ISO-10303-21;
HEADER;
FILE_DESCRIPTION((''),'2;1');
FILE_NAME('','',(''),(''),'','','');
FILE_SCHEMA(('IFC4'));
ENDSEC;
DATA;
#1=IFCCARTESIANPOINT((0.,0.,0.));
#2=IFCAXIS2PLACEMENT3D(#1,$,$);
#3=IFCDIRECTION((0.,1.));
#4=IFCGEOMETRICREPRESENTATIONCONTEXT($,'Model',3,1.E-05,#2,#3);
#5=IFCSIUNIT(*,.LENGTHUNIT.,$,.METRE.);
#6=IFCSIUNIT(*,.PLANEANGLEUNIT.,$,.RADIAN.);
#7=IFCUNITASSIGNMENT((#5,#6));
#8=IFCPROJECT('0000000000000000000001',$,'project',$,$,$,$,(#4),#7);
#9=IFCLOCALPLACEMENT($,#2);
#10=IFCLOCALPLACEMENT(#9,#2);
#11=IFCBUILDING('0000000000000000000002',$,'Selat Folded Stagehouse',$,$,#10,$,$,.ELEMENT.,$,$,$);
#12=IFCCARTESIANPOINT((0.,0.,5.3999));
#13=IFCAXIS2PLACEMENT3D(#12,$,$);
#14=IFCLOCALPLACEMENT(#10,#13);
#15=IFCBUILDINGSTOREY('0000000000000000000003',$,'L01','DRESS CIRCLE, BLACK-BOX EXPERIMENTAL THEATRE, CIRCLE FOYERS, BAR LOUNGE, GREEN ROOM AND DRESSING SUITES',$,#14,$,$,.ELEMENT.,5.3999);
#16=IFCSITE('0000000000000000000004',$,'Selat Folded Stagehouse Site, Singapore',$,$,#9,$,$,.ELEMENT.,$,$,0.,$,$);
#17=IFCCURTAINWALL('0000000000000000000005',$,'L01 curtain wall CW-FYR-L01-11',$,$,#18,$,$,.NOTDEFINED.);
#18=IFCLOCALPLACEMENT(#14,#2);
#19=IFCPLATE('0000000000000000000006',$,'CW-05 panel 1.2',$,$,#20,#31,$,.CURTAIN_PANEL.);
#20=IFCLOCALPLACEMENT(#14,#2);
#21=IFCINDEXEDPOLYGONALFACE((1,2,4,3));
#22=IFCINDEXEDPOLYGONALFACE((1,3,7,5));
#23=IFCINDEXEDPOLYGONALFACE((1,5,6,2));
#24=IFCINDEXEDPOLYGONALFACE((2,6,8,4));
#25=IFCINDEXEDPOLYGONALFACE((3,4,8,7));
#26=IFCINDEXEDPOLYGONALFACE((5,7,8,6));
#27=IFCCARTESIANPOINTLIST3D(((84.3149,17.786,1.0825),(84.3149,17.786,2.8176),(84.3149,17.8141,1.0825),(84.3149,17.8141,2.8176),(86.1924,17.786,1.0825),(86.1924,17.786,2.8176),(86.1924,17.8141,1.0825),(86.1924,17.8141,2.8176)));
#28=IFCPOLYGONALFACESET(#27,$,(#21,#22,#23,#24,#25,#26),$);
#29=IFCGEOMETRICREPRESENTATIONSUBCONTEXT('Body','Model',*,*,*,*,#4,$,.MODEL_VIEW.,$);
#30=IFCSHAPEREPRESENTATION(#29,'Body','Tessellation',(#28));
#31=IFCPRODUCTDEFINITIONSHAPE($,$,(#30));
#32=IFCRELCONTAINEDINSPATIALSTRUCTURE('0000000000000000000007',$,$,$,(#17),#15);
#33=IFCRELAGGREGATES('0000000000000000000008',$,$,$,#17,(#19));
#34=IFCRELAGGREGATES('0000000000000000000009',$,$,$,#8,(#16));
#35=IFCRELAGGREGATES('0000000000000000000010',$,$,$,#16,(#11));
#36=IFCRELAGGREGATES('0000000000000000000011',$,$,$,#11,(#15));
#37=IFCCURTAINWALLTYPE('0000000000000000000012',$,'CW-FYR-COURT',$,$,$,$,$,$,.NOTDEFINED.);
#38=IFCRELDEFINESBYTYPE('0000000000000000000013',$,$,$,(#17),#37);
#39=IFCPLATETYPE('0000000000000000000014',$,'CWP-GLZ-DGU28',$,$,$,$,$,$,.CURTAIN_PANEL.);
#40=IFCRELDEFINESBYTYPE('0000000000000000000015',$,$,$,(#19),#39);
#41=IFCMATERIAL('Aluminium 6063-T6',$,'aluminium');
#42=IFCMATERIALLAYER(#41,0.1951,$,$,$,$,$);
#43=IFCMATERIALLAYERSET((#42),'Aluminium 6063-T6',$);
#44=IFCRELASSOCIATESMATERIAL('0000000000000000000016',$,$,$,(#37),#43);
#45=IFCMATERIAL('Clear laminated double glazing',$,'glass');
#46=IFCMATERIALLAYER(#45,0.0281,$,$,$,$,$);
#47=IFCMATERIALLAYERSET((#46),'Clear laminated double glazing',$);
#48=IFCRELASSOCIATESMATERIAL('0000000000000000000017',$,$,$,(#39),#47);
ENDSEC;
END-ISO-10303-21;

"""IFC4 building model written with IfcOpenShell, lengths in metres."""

from ifc_helpers import new_model, si_unit, direction, frame, origin, origin_2d, place, context, subcontext, project, spatial, rectangle, extrude, material, layer, layer_set, type_object, element, aggregate, save


model = new_model("IFC4")

# Units and contexts
model_context = context("Model", 3, precision=1e-05, world=origin(), true_north=direction((0.0, 1.0)))
body_context = subcontext(model_context, "Body", "Model", "MODEL_VIEW")
ifc_project = project(units=[si_unit("LENGTHUNIT", "METRE"), si_unit("PLANEANGLEUNIT", "RADIAN")], contexts=[model_context])

# Site, building, storey
site_placement = place(None, origin())
site = spatial("IfcSite", under=ifc_project, at=site_placement, Name="Selat Folded Stagehouse Site, Singapore", CompositionType="ELEMENT", RefElevation=0.0)
building_placement = place(site_placement, origin())
building = spatial("IfcBuilding", under=site, at=building_placement, Name="Selat Folded Stagehouse", CompositionType="ELEMENT")
storey_placement = place(building_placement, frame((0.0, 0.0, 5.3999)))
storey = spatial("IfcBuildingStorey", under=building, at=storey_placement, Name="L01", Description="DRESS CIRCLE, BLACK-BOX EXPERIMENTAL THEATRE, CIRCLE FOYERS, BAR LOUNGE, GREEN ROOM AND DRESSING SUITES", CompositionType="ELEMENT", Elevation=5.3999)

# Shared definitions
ifc_material_1 = material(Name="Aluminium 6063-T6", Category="aluminium")
ifc_layer_1 = layer(ifc_material_1, 0.1951)
ifc_layer_set_1 = layer_set([ifc_layer_1], Name="Aluminium 6063-T6")
curtain_wall_type = type_object("IfcCurtainWallType", Name="CW-FYR-COURT", PredefinedType="NOTDEFINED", material=ifc_layer_set_1)

# Curtain wall
curtain_wall_1_placement = place(storey_placement, origin())
curtain_wall_1 = element("IfcCurtainWall", 1, at=curtain_wall_1_placement, inside=storey, type_object=curtain_wall_type, Name="L01 curtain wall CW-FYR-L01-11", PredefinedType="NOTDEFINED")

# Plate
ifc_material_2 = material(Name="Clear laminated double glazing", Category="glass")
ifc_layer_2 = layer(ifc_material_2, 0.0281)
ifc_layer_set_2 = layer_set([ifc_layer_2], Name="Clear laminated double glazing")
plate_type = type_object("IfcPlateType", Name="CWP-GLZ-DGU28", PredefinedType="CURTAIN_PANEL", material=ifc_layer_set_2)
plate_1_placement = place(storey_placement, frame((85.2537, 17.8, 1.0825), z_axis=(0.0, 0.0, 1.0), x_axis=(1.0, 0.0, 0.0)))
plate_1 = element("IfcPlate", 2, at=plate_1_placement, type_object=plate_type, Name="CW-05 panel 1.2", PredefinedType="CURTAIN_PANEL", context=body_context, shape_type="SweptSolid", body=[
    extrude(rectangle(XDim=1.8774, YDim=0.0281, at=origin_2d()), origin(), (0.0, 0.0, 1.0), 1.7351),
])
aggregate(curtain_wall_1, [plate_1])

save(model, "model.ifc")
